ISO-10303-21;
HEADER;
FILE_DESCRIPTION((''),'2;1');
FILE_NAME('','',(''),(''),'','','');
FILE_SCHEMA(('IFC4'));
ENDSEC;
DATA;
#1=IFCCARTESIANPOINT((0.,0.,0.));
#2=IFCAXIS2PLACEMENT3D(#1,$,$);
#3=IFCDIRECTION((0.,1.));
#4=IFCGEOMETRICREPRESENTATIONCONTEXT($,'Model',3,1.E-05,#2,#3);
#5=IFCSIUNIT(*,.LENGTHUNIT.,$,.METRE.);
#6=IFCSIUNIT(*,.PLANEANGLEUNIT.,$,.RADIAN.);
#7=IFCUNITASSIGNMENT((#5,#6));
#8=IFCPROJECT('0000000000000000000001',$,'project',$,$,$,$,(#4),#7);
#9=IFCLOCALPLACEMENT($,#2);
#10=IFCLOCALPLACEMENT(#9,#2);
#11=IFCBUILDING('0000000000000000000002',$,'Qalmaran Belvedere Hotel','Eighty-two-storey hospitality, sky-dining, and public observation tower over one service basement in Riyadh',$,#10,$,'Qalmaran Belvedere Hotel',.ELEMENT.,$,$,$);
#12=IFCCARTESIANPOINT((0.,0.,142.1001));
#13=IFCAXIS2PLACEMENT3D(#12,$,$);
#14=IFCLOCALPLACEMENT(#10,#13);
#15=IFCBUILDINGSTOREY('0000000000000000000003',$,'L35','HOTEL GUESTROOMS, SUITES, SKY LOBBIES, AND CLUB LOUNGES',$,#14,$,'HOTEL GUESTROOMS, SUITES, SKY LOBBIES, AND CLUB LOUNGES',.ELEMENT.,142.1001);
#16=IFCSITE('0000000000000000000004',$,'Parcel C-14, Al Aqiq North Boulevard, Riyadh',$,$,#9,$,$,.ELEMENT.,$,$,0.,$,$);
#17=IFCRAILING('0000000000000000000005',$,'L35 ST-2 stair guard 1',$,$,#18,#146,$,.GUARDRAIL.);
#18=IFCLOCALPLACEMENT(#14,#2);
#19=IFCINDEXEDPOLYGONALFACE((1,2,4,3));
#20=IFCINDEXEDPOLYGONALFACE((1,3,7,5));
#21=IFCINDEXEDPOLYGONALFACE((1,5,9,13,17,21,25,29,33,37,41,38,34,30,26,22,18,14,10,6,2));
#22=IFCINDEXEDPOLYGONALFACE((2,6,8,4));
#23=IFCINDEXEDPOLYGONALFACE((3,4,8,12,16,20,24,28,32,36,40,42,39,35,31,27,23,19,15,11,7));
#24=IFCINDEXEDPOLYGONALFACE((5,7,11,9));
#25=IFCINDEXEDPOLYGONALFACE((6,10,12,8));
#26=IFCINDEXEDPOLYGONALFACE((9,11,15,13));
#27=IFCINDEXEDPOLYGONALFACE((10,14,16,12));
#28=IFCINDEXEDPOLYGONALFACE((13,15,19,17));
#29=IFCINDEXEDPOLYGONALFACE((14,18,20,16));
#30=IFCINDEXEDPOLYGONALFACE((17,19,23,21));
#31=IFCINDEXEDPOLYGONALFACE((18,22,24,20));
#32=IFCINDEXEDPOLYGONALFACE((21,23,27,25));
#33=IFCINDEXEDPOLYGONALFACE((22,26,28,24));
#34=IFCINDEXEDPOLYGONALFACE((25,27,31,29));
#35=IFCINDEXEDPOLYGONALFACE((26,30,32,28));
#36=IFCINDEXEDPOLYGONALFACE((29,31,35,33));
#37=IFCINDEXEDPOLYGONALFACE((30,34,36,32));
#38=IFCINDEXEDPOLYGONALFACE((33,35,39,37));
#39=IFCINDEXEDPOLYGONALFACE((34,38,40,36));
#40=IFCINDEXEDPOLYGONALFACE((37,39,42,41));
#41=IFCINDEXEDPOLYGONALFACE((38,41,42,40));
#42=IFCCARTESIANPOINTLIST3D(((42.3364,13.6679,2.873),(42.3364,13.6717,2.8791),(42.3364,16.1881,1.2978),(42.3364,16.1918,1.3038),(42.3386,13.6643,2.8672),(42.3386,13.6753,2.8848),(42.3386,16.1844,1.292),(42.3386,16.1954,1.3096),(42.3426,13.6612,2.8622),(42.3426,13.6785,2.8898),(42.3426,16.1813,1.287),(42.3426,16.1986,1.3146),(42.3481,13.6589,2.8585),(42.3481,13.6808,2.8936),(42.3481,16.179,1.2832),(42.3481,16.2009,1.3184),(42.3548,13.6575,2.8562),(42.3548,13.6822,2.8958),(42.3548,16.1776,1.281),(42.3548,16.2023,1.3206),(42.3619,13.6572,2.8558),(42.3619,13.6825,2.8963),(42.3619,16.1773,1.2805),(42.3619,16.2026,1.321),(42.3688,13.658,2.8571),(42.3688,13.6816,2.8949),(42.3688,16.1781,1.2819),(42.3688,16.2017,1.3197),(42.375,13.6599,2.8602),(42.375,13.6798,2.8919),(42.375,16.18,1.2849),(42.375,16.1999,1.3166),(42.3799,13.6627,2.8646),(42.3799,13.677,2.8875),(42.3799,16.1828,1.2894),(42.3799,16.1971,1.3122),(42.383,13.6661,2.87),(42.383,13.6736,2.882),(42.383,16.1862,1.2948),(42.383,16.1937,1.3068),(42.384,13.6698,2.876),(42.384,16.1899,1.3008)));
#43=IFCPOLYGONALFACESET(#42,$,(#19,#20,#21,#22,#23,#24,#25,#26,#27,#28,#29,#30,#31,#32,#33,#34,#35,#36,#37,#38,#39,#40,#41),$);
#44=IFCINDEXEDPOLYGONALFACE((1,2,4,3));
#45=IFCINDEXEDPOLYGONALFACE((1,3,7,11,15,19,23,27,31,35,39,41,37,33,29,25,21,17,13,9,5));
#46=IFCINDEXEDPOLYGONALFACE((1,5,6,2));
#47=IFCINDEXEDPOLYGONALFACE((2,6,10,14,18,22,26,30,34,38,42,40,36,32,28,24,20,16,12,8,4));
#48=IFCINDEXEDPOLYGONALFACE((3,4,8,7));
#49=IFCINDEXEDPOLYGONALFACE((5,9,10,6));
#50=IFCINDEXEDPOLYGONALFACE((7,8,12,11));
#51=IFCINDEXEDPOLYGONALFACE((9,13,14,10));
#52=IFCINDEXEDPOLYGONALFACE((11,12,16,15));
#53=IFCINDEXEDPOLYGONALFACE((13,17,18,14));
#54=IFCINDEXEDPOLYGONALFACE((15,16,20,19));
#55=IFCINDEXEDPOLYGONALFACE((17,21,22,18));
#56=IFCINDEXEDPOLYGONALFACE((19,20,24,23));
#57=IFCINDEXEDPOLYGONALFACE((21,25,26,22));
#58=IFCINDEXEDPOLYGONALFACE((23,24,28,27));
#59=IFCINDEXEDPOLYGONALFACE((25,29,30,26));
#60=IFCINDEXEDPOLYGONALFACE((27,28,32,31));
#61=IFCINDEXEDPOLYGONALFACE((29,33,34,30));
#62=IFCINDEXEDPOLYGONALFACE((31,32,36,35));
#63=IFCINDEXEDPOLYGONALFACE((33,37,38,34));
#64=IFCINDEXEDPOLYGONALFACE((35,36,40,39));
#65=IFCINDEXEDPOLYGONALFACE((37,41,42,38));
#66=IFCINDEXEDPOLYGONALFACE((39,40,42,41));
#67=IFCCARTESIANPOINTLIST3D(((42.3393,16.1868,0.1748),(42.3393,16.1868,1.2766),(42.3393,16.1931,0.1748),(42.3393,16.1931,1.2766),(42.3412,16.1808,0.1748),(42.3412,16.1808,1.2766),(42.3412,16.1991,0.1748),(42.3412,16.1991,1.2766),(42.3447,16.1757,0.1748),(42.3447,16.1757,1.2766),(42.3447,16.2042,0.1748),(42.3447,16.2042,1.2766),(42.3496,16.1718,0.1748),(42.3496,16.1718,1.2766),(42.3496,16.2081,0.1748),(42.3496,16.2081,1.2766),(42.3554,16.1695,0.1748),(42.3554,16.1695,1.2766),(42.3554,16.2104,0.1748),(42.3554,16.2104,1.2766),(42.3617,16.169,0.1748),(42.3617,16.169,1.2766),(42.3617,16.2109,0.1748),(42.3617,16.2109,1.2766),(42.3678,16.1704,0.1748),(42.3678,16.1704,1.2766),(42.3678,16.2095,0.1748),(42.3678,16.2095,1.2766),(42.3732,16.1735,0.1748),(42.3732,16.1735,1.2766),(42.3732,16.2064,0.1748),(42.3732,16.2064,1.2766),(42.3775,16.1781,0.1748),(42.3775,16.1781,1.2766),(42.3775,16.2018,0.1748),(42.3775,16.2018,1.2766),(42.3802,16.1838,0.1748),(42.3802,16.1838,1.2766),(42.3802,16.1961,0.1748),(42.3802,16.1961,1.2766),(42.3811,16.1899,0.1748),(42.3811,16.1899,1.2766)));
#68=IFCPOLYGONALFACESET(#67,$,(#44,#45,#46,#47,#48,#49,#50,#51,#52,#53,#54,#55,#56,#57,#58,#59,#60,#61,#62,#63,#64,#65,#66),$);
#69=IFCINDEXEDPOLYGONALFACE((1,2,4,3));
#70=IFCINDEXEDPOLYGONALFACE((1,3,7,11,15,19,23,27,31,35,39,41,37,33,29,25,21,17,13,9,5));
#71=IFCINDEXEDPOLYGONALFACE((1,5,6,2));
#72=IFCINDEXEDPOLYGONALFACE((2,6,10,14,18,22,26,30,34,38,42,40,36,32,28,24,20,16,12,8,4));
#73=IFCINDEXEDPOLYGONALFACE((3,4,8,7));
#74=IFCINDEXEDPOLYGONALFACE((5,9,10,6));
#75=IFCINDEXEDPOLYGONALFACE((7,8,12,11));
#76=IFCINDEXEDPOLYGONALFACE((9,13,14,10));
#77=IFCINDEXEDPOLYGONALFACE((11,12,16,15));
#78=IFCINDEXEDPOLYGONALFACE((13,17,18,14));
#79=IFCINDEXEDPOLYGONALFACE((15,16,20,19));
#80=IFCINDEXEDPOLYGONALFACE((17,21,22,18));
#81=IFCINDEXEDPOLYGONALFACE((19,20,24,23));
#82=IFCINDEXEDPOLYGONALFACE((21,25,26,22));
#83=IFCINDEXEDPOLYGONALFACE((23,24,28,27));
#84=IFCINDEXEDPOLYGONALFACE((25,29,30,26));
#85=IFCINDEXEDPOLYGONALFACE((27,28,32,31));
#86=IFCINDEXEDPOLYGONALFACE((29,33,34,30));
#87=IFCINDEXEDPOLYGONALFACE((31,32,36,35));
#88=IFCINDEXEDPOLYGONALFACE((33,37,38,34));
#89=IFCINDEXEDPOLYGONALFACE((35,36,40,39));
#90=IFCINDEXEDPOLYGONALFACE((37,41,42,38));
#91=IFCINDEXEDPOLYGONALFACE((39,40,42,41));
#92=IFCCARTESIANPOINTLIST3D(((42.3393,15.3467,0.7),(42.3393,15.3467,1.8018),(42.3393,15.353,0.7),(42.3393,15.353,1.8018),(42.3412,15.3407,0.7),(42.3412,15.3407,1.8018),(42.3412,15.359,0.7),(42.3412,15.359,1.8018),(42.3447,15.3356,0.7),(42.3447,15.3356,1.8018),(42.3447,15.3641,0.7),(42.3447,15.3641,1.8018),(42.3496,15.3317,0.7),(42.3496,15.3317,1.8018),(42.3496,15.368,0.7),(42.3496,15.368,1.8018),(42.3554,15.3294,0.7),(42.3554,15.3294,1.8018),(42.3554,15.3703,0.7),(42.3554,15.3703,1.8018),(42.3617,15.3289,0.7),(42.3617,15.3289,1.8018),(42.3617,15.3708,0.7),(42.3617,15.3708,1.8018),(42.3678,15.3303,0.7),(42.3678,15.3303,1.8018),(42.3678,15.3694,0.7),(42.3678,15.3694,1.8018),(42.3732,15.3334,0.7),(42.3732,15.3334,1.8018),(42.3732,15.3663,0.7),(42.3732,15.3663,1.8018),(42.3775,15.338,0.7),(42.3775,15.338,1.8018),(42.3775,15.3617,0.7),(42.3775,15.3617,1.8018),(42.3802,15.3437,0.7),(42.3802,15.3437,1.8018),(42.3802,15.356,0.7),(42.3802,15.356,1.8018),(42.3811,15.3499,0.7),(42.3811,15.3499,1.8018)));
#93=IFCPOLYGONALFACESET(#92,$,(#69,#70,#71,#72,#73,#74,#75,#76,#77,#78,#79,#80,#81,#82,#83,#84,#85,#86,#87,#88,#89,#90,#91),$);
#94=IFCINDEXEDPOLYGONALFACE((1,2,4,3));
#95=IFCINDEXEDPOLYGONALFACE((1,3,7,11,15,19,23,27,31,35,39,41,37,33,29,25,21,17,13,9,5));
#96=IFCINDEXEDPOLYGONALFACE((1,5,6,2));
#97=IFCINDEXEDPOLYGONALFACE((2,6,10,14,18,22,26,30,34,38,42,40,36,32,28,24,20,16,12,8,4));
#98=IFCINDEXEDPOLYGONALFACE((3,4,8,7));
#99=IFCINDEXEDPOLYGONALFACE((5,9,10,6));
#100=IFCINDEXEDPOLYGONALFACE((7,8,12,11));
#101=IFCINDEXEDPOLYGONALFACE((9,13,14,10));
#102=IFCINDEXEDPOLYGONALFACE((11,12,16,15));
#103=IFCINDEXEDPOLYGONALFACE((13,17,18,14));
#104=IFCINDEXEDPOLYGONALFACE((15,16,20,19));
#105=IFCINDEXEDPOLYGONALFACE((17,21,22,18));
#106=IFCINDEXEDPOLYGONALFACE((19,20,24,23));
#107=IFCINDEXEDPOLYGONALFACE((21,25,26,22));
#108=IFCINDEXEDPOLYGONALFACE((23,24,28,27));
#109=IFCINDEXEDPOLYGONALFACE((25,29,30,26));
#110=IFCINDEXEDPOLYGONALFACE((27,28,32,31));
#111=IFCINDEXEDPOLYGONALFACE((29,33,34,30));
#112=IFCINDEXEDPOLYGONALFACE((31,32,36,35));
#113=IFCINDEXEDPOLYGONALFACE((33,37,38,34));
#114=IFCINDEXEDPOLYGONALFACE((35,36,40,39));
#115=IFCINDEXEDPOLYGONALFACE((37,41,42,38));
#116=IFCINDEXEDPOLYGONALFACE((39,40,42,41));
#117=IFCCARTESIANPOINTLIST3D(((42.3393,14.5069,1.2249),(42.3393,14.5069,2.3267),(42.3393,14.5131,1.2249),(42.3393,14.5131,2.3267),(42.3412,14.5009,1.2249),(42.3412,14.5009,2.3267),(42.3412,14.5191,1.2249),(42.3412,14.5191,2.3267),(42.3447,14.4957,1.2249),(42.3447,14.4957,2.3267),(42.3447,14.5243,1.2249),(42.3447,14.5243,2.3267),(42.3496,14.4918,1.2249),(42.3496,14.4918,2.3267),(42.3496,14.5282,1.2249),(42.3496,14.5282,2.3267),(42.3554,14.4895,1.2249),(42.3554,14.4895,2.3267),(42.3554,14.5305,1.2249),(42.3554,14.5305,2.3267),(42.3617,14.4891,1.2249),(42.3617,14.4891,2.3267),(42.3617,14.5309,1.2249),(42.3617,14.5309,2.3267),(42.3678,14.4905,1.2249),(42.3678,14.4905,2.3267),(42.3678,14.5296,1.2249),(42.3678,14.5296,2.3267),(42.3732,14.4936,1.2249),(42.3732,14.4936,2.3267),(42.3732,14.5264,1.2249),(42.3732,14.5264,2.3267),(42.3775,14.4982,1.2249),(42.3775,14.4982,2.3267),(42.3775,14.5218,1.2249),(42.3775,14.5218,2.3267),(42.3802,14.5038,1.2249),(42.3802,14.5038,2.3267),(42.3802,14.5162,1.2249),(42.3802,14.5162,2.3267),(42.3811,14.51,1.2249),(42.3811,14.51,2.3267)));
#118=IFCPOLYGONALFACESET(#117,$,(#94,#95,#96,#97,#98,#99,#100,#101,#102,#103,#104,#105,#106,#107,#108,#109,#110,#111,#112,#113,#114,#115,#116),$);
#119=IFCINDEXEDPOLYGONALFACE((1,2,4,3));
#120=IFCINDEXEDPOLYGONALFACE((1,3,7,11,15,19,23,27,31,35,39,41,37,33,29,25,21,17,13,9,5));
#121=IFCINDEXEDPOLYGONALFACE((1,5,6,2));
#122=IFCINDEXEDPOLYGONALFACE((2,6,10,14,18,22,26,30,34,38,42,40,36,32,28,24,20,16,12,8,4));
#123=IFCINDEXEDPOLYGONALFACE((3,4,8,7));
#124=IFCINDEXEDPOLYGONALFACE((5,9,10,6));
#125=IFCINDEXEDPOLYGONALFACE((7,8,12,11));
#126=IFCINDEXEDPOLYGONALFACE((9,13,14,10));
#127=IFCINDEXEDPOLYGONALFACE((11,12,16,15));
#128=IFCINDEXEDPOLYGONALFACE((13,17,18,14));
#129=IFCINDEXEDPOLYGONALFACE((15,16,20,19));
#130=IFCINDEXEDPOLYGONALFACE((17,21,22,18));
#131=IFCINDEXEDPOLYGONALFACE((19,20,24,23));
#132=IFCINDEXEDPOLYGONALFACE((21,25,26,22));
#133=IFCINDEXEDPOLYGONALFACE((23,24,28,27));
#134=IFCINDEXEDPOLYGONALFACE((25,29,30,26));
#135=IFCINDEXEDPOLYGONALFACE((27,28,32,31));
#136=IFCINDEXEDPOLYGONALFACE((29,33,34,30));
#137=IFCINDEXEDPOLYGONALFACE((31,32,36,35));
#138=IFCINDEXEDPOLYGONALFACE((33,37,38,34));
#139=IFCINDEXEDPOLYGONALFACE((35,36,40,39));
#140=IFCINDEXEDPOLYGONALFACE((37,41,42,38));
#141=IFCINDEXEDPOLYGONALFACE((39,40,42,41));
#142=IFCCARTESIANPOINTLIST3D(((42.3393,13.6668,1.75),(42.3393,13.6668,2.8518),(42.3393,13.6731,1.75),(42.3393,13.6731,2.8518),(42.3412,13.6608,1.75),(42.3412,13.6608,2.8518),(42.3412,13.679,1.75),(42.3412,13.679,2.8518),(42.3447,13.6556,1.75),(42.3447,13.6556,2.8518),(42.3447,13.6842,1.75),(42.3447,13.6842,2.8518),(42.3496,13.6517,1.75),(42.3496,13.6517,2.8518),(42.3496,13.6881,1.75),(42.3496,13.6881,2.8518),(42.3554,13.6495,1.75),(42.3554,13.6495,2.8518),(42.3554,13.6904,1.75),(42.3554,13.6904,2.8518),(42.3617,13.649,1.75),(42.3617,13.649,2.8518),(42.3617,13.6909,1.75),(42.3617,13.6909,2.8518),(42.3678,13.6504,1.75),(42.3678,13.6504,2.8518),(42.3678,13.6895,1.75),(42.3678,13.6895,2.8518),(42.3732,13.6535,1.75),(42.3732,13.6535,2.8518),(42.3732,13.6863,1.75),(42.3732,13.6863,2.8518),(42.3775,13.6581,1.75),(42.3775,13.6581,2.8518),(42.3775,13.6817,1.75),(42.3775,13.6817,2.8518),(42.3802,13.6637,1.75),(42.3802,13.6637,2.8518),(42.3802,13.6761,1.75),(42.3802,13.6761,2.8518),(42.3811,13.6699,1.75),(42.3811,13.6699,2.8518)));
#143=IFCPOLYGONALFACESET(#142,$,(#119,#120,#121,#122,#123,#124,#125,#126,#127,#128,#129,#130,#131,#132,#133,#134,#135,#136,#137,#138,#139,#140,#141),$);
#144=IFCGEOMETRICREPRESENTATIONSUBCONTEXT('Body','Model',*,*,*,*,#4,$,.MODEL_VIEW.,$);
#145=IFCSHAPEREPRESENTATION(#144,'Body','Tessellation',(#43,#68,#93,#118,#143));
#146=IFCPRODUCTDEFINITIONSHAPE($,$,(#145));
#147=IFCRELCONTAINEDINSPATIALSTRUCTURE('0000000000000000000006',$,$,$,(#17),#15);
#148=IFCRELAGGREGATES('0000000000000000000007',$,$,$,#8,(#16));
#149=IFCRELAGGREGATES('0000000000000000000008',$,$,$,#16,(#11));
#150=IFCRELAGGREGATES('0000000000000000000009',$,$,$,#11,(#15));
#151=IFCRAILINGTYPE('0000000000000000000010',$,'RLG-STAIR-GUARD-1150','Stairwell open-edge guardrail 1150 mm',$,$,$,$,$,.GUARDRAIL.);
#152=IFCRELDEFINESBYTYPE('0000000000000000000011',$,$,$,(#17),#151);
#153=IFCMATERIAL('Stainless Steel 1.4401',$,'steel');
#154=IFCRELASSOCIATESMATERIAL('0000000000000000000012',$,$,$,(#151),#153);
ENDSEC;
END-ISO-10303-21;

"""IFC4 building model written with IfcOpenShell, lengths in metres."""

from ifc_helpers import new_model, si_unit, direction, frame, origin, origin_2d, place, context, subcontext, project, spatial, circle, extrude, material, type_object, element, save


model = new_model("IFC4")

# Units and contexts
model_context = context("Model", 3, precision=1e-05, world=origin(), true_north=direction((0.0, 1.0)))
body_context = subcontext(model_context, "Body", "Model", "MODEL_VIEW")
ifc_project = project(units=[si_unit("LENGTHUNIT", "METRE"), si_unit("PLANEANGLEUNIT", "RADIAN")], contexts=[model_context])

# Site, building, storey
site_placement = place(None, origin())
site = spatial("IfcSite", under=ifc_project, at=site_placement, Name="Parcel C-14, Al Aqiq North Boulevard, Riyadh", CompositionType="ELEMENT", RefElevation=0.0)
building_placement = place(site_placement, origin())
building = spatial("IfcBuilding", under=site, at=building_placement, Name="Qalmaran Belvedere Hotel", Description="Eighty-two-storey hospitality, sky-dining, and public observation tower over one service basement in Riyadh", LongName="Qalmaran Belvedere Hotel", CompositionType="ELEMENT")
storey_placement = place(building_placement, frame((0.0, 0.0, 142.1001)))
storey = spatial("IfcBuildingStorey", under=building, at=storey_placement, Name="L35", Description="HOTEL GUESTROOMS, SUITES, SKY LOBBIES, AND CLUB LOUNGES", LongName="HOTEL GUESTROOMS, SUITES, SKY LOBBIES, AND CLUB LOUNGES", CompositionType="ELEMENT", Elevation=142.1001)

# Shared definitions
ifc_material_1 = material(Name="Stainless Steel 1.4401", Category="steel")

# Railing
railing_type_1 = type_object("IfcRailingType", Name="RLG-STAIR-GUARD-1150", Description="Stairwell open-edge guardrail 1150 mm", PredefinedType="GUARDRAIL", material=ifc_material_1)
railing_1_placement = place(storey_placement, frame((42.3601, 16.1899, 0.1748)))
element("IfcRailing", 1, at=railing_1_placement, inside=storey, type_object=railing_type_1, Name="L35 ST-2 stair guard 1", PredefinedType="GUARDRAIL", context=body_context, shape_type="SweptSolid", body=[
    extrude(circle(Radius=0.0239, at=origin_2d()), frame((0.0, 0.0, 1.126), z_axis=(0.0, -0.847971, 0.530043), x_axis=(1.0, 0.0, 0.0)), (0.0, 0.0, 1.0), 2.9719),
    extrude(circle(Radius=0.021, at=origin_2d()), origin(), (0.0, 0.0, 1.0), 1.1018),
    extrude(circle(Radius=0.021, at=origin_2d()), frame((0.0, -0.8401, 0.5251)), (0.0, 0.0, 1.0), 1.1018),
    extrude(circle(Radius=0.021, at=origin_2d()), frame((0.0, -1.6799, 1.05)), (0.0, 0.0, 1.0), 1.1018),
    extrude(circle(Radius=0.021, at=origin_2d()), frame((0.0, -2.52, 1.5752)), (0.0, 0.0, 1.0), 1.1018),
])

save(model, "model.ifc")
